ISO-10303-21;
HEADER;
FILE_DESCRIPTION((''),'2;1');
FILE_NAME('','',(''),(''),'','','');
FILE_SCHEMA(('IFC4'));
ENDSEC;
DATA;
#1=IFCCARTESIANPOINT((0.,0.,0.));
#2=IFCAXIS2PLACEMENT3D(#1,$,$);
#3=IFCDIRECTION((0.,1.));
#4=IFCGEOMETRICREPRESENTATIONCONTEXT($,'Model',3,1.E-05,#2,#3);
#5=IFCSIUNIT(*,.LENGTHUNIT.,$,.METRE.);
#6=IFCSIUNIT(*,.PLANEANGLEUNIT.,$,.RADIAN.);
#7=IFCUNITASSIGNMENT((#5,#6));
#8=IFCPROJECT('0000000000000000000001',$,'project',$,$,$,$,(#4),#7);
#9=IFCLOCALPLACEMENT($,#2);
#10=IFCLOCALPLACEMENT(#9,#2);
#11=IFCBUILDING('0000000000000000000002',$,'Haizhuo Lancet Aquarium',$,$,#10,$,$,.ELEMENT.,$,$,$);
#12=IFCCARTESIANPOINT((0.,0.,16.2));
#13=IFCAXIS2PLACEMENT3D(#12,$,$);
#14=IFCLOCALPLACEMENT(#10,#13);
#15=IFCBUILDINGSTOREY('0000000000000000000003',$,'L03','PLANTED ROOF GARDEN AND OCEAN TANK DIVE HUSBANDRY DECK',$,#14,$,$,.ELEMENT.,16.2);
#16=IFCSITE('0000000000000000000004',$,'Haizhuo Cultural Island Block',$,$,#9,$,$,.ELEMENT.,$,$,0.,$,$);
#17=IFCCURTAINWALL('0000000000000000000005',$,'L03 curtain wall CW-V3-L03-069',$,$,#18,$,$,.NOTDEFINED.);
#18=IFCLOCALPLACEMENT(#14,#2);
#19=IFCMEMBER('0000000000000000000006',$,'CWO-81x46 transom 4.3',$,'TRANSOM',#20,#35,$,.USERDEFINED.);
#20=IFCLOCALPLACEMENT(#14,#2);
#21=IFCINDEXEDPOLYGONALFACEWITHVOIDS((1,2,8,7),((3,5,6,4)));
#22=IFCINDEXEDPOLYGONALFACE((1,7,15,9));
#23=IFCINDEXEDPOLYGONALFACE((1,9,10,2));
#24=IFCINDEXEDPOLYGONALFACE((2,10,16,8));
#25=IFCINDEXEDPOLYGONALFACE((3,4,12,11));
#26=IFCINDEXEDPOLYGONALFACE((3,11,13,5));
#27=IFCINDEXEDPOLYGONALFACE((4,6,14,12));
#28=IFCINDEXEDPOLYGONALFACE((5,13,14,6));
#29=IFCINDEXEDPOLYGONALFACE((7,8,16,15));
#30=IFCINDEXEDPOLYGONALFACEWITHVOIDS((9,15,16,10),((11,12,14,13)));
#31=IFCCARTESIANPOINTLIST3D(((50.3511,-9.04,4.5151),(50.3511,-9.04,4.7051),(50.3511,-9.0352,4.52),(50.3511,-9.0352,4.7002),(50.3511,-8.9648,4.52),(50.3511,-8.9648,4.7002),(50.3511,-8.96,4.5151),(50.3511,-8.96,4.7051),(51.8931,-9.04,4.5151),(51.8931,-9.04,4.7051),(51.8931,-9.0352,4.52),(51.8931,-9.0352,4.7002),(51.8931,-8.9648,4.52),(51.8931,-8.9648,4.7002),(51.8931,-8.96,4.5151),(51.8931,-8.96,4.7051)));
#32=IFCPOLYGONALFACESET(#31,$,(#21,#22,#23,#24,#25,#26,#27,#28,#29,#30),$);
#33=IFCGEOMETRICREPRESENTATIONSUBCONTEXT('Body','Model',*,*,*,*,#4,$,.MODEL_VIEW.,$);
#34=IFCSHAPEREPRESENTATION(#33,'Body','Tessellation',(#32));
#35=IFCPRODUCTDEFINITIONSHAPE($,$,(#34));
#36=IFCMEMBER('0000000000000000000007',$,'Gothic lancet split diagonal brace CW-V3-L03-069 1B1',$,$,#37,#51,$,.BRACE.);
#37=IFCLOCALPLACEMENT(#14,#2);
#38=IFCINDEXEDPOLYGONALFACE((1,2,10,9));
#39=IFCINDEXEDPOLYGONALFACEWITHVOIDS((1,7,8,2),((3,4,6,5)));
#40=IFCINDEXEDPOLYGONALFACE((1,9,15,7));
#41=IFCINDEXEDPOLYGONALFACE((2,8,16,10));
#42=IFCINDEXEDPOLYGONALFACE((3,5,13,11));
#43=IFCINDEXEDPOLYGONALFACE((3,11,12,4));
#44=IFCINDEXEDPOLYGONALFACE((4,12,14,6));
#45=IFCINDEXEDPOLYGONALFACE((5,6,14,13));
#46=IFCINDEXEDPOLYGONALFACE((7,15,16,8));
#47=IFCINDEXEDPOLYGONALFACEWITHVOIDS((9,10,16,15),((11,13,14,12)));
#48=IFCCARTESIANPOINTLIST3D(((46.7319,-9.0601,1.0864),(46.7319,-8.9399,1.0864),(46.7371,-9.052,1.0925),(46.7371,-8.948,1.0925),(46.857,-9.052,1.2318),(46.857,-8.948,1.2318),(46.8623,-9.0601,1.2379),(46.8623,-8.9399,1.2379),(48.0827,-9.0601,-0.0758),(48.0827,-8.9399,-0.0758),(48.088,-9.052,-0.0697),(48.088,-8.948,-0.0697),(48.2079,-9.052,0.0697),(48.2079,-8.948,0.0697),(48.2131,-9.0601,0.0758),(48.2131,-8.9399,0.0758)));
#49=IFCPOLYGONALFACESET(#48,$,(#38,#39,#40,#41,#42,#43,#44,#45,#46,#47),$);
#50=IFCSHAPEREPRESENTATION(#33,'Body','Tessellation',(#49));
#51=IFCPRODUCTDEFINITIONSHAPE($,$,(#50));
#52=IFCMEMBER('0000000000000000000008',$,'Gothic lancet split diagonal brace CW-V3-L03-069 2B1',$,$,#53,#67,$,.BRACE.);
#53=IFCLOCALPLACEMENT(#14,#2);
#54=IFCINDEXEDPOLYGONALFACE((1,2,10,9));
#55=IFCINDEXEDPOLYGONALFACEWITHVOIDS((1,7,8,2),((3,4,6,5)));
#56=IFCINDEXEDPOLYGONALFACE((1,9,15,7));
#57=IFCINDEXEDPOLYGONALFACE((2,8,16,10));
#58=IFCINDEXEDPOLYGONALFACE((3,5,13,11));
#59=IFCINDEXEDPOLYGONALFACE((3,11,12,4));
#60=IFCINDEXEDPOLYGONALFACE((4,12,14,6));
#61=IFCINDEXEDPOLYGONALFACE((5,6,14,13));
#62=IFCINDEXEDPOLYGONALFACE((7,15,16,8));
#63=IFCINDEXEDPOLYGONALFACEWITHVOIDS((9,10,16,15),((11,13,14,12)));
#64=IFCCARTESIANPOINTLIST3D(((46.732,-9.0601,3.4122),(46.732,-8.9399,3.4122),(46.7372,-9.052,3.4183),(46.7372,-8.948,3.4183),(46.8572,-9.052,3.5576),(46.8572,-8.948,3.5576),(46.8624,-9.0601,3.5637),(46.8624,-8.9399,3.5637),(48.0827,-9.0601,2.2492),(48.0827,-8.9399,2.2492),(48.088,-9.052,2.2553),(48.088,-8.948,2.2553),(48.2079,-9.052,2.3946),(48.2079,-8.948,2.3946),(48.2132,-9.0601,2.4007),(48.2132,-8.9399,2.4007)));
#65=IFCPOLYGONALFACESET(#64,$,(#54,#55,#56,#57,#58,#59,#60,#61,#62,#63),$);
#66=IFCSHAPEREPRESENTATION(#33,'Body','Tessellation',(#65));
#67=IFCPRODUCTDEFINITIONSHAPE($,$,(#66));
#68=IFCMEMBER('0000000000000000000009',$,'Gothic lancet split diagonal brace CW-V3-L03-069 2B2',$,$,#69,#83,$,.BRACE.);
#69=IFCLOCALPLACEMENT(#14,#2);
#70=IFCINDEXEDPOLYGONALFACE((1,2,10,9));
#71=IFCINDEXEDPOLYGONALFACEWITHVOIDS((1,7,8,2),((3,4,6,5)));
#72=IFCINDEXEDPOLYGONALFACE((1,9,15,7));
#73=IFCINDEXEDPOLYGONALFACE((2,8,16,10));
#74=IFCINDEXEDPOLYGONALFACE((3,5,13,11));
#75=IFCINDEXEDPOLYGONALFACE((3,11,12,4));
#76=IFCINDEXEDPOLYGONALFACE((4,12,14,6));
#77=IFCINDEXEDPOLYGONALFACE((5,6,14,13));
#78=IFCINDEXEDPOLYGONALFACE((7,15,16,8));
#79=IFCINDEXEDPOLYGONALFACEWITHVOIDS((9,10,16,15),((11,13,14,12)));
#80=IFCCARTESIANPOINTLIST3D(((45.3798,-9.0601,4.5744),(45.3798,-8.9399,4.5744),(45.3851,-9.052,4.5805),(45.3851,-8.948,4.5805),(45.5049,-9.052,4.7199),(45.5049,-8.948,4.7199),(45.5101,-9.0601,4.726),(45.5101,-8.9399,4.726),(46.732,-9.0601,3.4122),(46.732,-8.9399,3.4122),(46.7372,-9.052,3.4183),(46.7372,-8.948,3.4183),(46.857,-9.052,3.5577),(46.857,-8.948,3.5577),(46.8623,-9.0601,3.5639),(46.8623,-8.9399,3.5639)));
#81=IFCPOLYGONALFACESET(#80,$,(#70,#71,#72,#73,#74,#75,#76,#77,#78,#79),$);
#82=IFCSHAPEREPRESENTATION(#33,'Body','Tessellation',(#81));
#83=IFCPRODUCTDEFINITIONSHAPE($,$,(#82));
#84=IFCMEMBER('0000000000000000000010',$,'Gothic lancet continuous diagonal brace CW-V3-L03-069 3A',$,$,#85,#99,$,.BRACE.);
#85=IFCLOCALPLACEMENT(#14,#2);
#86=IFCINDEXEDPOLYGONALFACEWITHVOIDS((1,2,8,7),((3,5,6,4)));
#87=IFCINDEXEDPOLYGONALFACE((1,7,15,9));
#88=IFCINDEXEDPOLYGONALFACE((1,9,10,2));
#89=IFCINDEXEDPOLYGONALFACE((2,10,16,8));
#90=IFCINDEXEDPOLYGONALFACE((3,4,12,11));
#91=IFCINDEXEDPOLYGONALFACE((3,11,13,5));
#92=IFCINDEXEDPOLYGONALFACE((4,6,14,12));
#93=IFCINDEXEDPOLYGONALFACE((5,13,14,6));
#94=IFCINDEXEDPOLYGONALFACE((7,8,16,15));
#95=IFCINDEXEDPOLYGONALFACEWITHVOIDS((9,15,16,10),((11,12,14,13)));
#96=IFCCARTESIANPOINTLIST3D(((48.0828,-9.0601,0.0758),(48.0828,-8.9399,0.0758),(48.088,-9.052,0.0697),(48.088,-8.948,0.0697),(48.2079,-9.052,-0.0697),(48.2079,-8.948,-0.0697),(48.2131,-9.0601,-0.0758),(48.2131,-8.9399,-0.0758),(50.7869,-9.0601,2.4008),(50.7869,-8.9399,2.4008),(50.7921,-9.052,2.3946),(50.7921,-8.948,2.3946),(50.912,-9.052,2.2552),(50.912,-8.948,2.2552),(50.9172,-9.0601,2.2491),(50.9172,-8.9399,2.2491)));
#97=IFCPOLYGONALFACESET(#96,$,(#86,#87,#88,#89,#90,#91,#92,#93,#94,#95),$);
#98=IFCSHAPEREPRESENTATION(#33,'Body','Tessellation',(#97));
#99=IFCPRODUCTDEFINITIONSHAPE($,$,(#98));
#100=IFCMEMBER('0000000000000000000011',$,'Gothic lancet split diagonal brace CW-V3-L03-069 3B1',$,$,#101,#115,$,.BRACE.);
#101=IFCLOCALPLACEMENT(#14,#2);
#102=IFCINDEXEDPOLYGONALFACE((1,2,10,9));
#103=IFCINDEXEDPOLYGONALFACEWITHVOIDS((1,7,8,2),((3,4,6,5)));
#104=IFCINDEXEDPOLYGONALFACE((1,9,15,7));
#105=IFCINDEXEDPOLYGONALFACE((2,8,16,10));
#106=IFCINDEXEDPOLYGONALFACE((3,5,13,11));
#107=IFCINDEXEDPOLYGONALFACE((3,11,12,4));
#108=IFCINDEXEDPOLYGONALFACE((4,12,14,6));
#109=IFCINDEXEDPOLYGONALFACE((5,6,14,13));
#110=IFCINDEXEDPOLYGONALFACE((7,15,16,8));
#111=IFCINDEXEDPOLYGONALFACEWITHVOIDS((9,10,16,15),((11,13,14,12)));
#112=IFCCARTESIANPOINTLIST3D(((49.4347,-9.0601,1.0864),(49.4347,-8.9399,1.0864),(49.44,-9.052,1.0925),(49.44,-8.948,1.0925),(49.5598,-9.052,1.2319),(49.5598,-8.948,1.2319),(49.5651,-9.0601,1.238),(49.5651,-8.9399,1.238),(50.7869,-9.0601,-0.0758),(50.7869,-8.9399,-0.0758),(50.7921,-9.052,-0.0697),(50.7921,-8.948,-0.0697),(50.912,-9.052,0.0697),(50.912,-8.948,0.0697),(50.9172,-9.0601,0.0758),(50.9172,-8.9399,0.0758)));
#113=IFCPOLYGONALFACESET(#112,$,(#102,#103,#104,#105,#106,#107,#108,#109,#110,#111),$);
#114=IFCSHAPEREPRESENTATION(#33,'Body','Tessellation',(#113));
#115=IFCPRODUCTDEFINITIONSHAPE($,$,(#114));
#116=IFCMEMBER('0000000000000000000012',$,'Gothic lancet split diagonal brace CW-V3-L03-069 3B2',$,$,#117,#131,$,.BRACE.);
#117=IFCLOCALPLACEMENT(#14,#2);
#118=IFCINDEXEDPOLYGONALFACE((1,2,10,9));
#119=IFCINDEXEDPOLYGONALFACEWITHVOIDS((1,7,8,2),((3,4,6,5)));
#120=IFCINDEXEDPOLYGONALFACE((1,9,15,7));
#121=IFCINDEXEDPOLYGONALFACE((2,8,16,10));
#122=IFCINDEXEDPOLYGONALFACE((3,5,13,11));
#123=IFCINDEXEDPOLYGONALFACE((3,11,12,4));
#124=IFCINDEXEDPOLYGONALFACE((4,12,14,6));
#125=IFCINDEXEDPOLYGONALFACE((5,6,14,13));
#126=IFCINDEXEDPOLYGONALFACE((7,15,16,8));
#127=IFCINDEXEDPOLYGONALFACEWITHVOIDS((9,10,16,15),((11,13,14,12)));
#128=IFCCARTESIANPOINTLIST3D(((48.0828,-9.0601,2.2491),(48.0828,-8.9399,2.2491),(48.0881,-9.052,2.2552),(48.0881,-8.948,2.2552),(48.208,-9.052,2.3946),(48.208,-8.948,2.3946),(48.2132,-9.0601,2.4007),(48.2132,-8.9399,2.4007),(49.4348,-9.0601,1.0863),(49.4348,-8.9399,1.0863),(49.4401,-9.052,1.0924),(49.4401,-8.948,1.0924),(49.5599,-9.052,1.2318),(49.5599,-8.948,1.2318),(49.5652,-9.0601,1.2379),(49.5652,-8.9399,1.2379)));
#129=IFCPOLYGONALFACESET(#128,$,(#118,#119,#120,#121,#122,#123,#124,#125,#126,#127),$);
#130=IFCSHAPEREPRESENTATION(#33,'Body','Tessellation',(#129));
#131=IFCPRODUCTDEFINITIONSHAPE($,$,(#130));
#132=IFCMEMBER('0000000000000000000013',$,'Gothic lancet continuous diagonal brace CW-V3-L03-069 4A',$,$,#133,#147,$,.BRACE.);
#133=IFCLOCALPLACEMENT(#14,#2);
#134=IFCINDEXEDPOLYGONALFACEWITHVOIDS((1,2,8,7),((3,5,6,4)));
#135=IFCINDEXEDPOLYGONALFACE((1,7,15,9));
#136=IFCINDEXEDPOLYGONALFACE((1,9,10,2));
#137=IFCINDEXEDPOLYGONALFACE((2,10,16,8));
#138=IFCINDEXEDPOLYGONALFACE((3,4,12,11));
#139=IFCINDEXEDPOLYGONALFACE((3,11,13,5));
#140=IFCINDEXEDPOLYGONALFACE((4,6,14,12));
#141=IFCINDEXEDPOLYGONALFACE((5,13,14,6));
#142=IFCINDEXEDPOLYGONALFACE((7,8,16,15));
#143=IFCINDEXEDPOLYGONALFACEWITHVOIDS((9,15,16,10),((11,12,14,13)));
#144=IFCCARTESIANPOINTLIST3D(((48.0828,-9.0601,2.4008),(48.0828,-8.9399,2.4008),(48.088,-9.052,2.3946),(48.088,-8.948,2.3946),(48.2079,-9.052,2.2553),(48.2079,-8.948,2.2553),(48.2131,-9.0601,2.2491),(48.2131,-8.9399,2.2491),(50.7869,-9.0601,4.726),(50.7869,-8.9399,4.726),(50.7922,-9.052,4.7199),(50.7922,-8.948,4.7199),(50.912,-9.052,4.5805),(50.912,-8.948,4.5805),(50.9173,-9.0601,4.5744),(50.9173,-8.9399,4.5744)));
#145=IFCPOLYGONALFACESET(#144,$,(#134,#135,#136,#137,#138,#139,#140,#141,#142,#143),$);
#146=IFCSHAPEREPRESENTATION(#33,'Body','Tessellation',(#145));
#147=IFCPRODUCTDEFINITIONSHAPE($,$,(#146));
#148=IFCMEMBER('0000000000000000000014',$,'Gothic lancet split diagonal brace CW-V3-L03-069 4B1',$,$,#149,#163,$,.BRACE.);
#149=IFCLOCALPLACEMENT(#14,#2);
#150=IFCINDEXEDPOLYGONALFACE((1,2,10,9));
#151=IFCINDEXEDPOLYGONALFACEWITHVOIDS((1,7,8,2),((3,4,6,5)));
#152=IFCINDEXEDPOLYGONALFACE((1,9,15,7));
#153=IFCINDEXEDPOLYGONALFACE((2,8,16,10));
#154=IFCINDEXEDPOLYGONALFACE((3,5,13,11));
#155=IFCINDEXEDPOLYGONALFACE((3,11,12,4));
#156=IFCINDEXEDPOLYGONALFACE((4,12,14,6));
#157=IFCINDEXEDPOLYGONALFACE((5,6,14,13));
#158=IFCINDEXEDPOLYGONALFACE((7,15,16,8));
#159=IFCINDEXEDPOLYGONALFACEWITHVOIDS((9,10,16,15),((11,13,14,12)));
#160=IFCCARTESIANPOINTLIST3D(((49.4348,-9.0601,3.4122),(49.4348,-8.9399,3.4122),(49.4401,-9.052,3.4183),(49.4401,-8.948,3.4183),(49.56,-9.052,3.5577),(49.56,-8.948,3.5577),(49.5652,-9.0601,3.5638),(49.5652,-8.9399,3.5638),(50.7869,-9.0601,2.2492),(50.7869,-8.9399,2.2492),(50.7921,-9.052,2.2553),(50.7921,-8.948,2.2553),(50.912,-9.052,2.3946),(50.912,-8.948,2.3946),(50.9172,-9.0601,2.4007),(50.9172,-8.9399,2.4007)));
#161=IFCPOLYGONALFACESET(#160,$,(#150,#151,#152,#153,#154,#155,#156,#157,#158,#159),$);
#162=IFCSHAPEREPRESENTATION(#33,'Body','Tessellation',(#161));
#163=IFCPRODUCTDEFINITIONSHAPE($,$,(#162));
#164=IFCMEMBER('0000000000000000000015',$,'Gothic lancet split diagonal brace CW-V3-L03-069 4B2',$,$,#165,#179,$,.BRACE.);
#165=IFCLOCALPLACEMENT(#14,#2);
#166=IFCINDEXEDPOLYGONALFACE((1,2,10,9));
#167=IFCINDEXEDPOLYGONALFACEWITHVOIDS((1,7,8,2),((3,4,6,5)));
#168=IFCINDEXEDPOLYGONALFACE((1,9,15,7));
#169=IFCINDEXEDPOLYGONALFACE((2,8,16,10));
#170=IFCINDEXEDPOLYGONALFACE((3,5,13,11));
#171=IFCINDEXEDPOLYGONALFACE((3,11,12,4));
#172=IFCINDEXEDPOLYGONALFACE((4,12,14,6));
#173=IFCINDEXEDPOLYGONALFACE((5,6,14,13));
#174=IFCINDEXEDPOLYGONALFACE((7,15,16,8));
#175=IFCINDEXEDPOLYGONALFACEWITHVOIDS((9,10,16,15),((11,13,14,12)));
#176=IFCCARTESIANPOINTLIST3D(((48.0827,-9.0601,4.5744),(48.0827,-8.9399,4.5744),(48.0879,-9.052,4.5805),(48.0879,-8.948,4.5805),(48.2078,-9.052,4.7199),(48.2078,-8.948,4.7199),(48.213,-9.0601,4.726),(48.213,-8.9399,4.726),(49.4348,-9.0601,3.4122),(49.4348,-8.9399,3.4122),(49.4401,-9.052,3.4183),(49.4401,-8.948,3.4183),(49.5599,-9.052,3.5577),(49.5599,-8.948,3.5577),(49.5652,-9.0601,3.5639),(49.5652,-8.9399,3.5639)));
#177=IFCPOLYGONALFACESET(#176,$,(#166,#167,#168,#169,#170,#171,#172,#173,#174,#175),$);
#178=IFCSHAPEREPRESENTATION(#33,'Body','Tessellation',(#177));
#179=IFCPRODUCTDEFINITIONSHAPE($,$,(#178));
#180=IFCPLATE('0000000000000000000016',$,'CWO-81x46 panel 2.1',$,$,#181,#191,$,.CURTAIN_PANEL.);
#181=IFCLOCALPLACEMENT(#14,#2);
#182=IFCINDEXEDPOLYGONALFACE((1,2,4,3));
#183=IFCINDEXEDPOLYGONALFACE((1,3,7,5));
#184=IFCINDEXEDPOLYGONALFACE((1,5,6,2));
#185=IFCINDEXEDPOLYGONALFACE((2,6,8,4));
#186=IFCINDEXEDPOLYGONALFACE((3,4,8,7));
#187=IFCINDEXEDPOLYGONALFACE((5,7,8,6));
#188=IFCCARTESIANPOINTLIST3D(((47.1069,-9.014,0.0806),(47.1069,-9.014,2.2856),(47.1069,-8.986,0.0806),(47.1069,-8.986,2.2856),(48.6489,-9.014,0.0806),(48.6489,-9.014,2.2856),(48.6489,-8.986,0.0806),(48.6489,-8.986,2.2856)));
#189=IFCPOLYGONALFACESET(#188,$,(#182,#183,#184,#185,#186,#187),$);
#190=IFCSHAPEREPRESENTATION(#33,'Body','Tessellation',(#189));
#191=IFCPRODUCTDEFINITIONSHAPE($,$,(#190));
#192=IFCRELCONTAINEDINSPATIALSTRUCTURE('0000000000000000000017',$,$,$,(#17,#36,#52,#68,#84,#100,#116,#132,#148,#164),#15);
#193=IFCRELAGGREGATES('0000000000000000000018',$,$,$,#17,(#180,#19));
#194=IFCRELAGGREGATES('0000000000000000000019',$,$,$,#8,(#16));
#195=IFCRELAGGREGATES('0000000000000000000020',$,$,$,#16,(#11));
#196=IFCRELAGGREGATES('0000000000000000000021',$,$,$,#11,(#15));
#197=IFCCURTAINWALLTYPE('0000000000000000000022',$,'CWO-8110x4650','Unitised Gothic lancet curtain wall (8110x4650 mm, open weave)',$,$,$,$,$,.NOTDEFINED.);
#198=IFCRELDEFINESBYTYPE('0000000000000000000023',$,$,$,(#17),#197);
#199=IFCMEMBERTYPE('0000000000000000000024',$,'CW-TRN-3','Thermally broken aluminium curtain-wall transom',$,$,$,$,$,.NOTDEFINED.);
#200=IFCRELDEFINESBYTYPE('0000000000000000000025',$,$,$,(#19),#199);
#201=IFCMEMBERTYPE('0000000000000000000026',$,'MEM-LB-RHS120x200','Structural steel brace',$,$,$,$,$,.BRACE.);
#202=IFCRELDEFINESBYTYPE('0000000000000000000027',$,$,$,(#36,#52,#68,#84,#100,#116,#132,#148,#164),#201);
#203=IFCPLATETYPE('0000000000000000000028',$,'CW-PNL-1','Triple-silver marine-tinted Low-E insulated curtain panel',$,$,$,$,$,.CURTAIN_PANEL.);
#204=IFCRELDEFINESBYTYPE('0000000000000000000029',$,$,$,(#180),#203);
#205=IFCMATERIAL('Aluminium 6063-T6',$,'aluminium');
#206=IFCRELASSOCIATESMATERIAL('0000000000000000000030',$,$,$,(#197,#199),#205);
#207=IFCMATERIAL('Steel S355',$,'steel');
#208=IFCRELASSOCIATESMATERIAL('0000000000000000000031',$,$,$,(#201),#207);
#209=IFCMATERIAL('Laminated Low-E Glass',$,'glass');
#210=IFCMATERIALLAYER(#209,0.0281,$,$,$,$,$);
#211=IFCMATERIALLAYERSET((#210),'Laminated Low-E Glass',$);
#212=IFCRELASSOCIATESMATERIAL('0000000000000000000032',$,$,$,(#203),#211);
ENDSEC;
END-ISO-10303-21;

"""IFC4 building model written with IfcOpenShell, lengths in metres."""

from ifc_helpers import new_model, si_unit, direction, frame, origin, origin_2d, place, context, subcontext, project, spatial, rectangle, hollow_rectangle, extrude, material, layer, layer_set, material_profile, profile_set, type_object, element, aggregate, save


model = new_model("IFC4")

# Units and contexts
model_context = context("Model", 3, precision=1e-05, world=origin(), true_north=direction((0.0, 1.0)))
body_context = subcontext(model_context, "Body", "Model", "MODEL_VIEW")
ifc_project = project(units=[si_unit("LENGTHUNIT", "METRE"), si_unit("PLANEANGLEUNIT", "RADIAN")], contexts=[model_context])

# Site, building, storey
site_placement = place(None, origin())
site = spatial("IfcSite", under=ifc_project, at=site_placement, Name="Haizhuo Cultural Island Block", CompositionType="ELEMENT", RefElevation=0.0)
building_placement = place(site_placement, origin())
building = spatial("IfcBuilding", under=site, at=building_placement, Name="Haizhuo Lancet Aquarium", CompositionType="ELEMENT")
storey_placement = place(building_placement, frame((0.0, 0.0, 16.2)))
storey = spatial("IfcBuildingStorey", under=building, at=storey_placement, Name="L03", Description="PLANTED ROOF GARDEN AND OCEAN TANK DIVE HUSBANDRY DECK", CompositionType="ELEMENT", Elevation=16.2)

# Curtain wall, member
ifc_material_1 = material(Name="Aluminium 6063-T6", Category="aluminium")
curtain_wall_type = type_object("IfcCurtainWallType", Name="CWO-8110x4650", Description="Unitised Gothic lancet curtain wall (8110x4650 mm, open weave)", PredefinedType="NOTDEFINED", material=ifc_material_1)
curtain_wall_placement = place(storey_placement, origin())
curtain_wall = element("IfcCurtainWall", 1, at=curtain_wall_placement, inside=storey, type_object=curtain_wall_type, Name="L03 curtain wall CW-V3-L03-069", PredefinedType="NOTDEFINED")
ifc_material_profile_1 = material_profile(ifc_material_1, hollow_rectangle(XDim=0.0801, YDim=0.1899, WallThickness=0.0049, at=origin_2d()), Name="ALU-T 80x190x5")
ifc_profile_set_1 = profile_set([ifc_material_profile_1], Name="Aluminium 6063-T6")
member_type_1 = type_object("IfcMemberType", Name="CW-TRN-3", Description="Thermally broken aluminium curtain-wall transom", PredefinedType="NOTDEFINED", material=ifc_profile_set_1)
member_1_placement = place(storey_placement, frame((50.3511, -9.0, 4.6101), z_axis=(1.0, 0.0, 0.0), x_axis=(0.0, 1.0, 0.0)))
member_1 = element("IfcMember", 2, at=member_1_placement, type_object=member_type_1, Name="CWO-81x46 transom 4.3", ObjectType="TRANSOM", PredefinedType="USERDEFINED", context=body_context, shape_type="SweptSolid", body=[
    extrude(hollow_rectangle(XDim=0.0801, YDim=0.1899, WallThickness=0.0049, at=origin_2d()), origin(), (0.0, 0.0, 1.0), 1.542),
])

# Members
ifc_material_2 = material(Name="Steel S355", Category="steel")
ifc_material_profile_2 = material_profile(ifc_material_2, hollow_rectangle(XDim=0.1201, YDim=0.2, WallThickness=0.0081, at=origin_2d()), Name="RHS 120x200x8")
ifc_profile_set_2 = profile_set([ifc_material_profile_2], Name="Steel S355")
member_type_2 = type_object("IfcMemberType", Name="MEM-LB-RHS120x200", Description="Structural steel brace", PredefinedType="BRACE", material=ifc_profile_set_2)
member_2_placement = place(storey_placement, frame((48.1479, -9.0, 0.0), z_axis=(-0.758075, 0.0, 0.652167), x_axis=(0.0, -1.0, 0.0)))
element("IfcMember", 3, at=member_2_placement, inside=storey, type_object=member_type_2, Name="Gothic lancet split diagonal brace CW-V3-L03-069 1B1", PredefinedType="BRACE", context=body_context, shape_type="SweptSolid", body=[
    extrude(hollow_rectangle(XDim=0.1201, YDim=0.2, WallThickness=0.0081, at=origin_2d()), origin(), (0.0, 0.0, 1.0), 1.782),
])
member_3_placement = place(storey_placement, frame((48.1479, -9.0, 2.325), z_axis=(-0.757805, 0.0, 0.652482), x_axis=(0.0, -1.0, 0.0)))
element("IfcMember", 4, at=member_3_placement, inside=storey, type_object=member_type_2, Name="Gothic lancet split diagonal brace CW-V3-L03-069 2B1", PredefinedType="BRACE", context=body_context, shape_type="SweptSolid", body=[
    extrude(hollow_rectangle(XDim=0.1201, YDim=0.2, WallThickness=0.0081, at=origin_2d()), origin(), (0.0, 0.0, 1.0), 1.7825),
])
member_4_placement = place(storey_placement, frame((46.7971, -9.0, 3.488), z_axis=(-0.758367, 0.0, 0.651828), x_axis=(0.0, -1.0, 0.0)))
element("IfcMember", 5, at=member_4_placement, inside=storey, type_object=member_type_2, Name="Gothic lancet split diagonal brace CW-V3-L03-069 2B2", PredefinedType="BRACE", context=body_context, shape_type="SweptSolid", body=[
    extrude(hollow_rectangle(XDim=0.1201, YDim=0.2, WallThickness=0.0081, at=origin_2d()), origin(), (0.0, 0.0, 1.0), 1.783),
])
member_5_placement = place(storey_placement, frame((48.1479, -9.0, 0.0), z_axis=(0.758265, 0.0, 0.651946), x_axis=(0.0, 1.0, 0.0)))
element("IfcMember", 6, at=member_5_placement, inside=storey, type_object=member_type_2, Name="Gothic lancet continuous diagonal brace CW-V3-L03-069 3A", PredefinedType="BRACE", context=body_context, shape_type="SweptSolid", body=[
    extrude(hollow_rectangle(XDim=0.1201, YDim=0.2, WallThickness=0.0081, at=origin_2d()), origin(), (0.0, 0.0, 1.0), 3.5662),
])
member_6_placement = place(storey_placement, frame((50.8521, -9.0, 0.0), z_axis=(-0.758367, 0.0, 0.651828), x_axis=(0.0, -1.0, 0.0)))
element("IfcMember", 7, at=member_6_placement, inside=storey, type_object=member_type_2, Name="Gothic lancet split diagonal brace CW-V3-L03-069 3B1", PredefinedType="BRACE", context=body_context, shape_type="SweptSolid", body=[
    extrude(hollow_rectangle(XDim=0.1201, YDim=0.2, WallThickness=0.0081, at=origin_2d()), origin(), (0.0, 0.0, 1.0), 1.783),
])
member_7_placement = place(storey_placement, frame((49.5, -9.0, 1.1621), z_axis=(-0.758164, 0.0, 0.652064), x_axis=(0.0, -1.0, 0.0)))
element("IfcMember", 8, at=member_7_placement, inside=storey, type_object=member_type_2, Name="Gothic lancet split diagonal brace CW-V3-L03-069 3B2", PredefinedType="BRACE", context=body_context, shape_type="SweptSolid", body=[
    extrude(hollow_rectangle(XDim=0.1201, YDim=0.2, WallThickness=0.0081, at=origin_2d()), origin(), (0.0, 0.0, 1.0), 1.7832),
])
member_8_placement = place(storey_placement, frame((48.1479, -9.0, 2.325), z_axis=(0.758231, 0.0, 0.651986), x_axis=(0.0, 1.0, 0.0)))
element("IfcMember", 9, at=member_8_placement, inside=storey, type_object=member_type_2, Name="Gothic lancet continuous diagonal brace CW-V3-L03-069 4A", PredefinedType="BRACE", context=body_context, shape_type="SweptSolid", body=[
    extrude(hollow_rectangle(XDim=0.1201, YDim=0.2, WallThickness=0.0081, at=origin_2d()), origin(), (0.0, 0.0, 1.0), 3.5664),
])
member_9_placement = place(storey_placement, frame((50.8521, -9.0, 2.325), z_axis=(-0.758096, 0.0, 0.652143), x_axis=(0.0, -1.0, 0.0)))
element("IfcMember", 10, at=member_9_placement, inside=storey, type_object=member_type_2, Name="Gothic lancet split diagonal brace CW-V3-L03-069 4B1", PredefinedType="BRACE", context=body_context, shape_type="SweptSolid", body=[
    extrude(hollow_rectangle(XDim=0.1201, YDim=0.2, WallThickness=0.0081, at=origin_2d()), origin(), (0.0, 0.0, 1.0), 1.7834),
])
member_10_placement = place(storey_placement, frame((49.5, -9.0, 3.488), z_axis=(-0.758367, 0.0, 0.651828), x_axis=(0.0, -1.0, 0.0)))
element("IfcMember", 11, at=member_10_placement, inside=storey, type_object=member_type_2, Name="Gothic lancet split diagonal brace CW-V3-L03-069 4B2", PredefinedType="BRACE", context=body_context, shape_type="SweptSolid", body=[
    extrude(hollow_rectangle(XDim=0.1201, YDim=0.2, WallThickness=0.0081, at=origin_2d()), origin(), (0.0, 0.0, 1.0), 1.783),
])

# Plate
ifc_material_3 = material(Name="Laminated Low-E Glass", Category="glass")
ifc_layer = layer(ifc_material_3, 0.0281)
ifc_layer_set = layer_set([ifc_layer], Name="Laminated Low-E Glass")
plate_type = type_object("IfcPlateType", Name="CW-PNL-1", Description="Triple-silver marine-tinted Low-E insulated curtain panel", PredefinedType="CURTAIN_PANEL", material=ifc_layer_set)
plate_1_placement = place(storey_placement, frame((47.8779, -9.0, 0.0806), z_axis=(0.0, 0.0, 1.0), x_axis=(1.0, 0.0, 0.0)))
plate_1 = element("IfcPlate", 12, at=plate_1_placement, type_object=plate_type, Name="CWO-81x46 panel 2.1", PredefinedType="CURTAIN_PANEL", context=body_context, shape_type="SweptSolid", body=[
    extrude(rectangle(XDim=1.542, YDim=0.0281, at=origin_2d()), origin(), (0.0, 0.0, 1.0), 2.2051),
])
aggregate(curtain_wall, [plate_1, member_1])

save(model, "model.ifc")
